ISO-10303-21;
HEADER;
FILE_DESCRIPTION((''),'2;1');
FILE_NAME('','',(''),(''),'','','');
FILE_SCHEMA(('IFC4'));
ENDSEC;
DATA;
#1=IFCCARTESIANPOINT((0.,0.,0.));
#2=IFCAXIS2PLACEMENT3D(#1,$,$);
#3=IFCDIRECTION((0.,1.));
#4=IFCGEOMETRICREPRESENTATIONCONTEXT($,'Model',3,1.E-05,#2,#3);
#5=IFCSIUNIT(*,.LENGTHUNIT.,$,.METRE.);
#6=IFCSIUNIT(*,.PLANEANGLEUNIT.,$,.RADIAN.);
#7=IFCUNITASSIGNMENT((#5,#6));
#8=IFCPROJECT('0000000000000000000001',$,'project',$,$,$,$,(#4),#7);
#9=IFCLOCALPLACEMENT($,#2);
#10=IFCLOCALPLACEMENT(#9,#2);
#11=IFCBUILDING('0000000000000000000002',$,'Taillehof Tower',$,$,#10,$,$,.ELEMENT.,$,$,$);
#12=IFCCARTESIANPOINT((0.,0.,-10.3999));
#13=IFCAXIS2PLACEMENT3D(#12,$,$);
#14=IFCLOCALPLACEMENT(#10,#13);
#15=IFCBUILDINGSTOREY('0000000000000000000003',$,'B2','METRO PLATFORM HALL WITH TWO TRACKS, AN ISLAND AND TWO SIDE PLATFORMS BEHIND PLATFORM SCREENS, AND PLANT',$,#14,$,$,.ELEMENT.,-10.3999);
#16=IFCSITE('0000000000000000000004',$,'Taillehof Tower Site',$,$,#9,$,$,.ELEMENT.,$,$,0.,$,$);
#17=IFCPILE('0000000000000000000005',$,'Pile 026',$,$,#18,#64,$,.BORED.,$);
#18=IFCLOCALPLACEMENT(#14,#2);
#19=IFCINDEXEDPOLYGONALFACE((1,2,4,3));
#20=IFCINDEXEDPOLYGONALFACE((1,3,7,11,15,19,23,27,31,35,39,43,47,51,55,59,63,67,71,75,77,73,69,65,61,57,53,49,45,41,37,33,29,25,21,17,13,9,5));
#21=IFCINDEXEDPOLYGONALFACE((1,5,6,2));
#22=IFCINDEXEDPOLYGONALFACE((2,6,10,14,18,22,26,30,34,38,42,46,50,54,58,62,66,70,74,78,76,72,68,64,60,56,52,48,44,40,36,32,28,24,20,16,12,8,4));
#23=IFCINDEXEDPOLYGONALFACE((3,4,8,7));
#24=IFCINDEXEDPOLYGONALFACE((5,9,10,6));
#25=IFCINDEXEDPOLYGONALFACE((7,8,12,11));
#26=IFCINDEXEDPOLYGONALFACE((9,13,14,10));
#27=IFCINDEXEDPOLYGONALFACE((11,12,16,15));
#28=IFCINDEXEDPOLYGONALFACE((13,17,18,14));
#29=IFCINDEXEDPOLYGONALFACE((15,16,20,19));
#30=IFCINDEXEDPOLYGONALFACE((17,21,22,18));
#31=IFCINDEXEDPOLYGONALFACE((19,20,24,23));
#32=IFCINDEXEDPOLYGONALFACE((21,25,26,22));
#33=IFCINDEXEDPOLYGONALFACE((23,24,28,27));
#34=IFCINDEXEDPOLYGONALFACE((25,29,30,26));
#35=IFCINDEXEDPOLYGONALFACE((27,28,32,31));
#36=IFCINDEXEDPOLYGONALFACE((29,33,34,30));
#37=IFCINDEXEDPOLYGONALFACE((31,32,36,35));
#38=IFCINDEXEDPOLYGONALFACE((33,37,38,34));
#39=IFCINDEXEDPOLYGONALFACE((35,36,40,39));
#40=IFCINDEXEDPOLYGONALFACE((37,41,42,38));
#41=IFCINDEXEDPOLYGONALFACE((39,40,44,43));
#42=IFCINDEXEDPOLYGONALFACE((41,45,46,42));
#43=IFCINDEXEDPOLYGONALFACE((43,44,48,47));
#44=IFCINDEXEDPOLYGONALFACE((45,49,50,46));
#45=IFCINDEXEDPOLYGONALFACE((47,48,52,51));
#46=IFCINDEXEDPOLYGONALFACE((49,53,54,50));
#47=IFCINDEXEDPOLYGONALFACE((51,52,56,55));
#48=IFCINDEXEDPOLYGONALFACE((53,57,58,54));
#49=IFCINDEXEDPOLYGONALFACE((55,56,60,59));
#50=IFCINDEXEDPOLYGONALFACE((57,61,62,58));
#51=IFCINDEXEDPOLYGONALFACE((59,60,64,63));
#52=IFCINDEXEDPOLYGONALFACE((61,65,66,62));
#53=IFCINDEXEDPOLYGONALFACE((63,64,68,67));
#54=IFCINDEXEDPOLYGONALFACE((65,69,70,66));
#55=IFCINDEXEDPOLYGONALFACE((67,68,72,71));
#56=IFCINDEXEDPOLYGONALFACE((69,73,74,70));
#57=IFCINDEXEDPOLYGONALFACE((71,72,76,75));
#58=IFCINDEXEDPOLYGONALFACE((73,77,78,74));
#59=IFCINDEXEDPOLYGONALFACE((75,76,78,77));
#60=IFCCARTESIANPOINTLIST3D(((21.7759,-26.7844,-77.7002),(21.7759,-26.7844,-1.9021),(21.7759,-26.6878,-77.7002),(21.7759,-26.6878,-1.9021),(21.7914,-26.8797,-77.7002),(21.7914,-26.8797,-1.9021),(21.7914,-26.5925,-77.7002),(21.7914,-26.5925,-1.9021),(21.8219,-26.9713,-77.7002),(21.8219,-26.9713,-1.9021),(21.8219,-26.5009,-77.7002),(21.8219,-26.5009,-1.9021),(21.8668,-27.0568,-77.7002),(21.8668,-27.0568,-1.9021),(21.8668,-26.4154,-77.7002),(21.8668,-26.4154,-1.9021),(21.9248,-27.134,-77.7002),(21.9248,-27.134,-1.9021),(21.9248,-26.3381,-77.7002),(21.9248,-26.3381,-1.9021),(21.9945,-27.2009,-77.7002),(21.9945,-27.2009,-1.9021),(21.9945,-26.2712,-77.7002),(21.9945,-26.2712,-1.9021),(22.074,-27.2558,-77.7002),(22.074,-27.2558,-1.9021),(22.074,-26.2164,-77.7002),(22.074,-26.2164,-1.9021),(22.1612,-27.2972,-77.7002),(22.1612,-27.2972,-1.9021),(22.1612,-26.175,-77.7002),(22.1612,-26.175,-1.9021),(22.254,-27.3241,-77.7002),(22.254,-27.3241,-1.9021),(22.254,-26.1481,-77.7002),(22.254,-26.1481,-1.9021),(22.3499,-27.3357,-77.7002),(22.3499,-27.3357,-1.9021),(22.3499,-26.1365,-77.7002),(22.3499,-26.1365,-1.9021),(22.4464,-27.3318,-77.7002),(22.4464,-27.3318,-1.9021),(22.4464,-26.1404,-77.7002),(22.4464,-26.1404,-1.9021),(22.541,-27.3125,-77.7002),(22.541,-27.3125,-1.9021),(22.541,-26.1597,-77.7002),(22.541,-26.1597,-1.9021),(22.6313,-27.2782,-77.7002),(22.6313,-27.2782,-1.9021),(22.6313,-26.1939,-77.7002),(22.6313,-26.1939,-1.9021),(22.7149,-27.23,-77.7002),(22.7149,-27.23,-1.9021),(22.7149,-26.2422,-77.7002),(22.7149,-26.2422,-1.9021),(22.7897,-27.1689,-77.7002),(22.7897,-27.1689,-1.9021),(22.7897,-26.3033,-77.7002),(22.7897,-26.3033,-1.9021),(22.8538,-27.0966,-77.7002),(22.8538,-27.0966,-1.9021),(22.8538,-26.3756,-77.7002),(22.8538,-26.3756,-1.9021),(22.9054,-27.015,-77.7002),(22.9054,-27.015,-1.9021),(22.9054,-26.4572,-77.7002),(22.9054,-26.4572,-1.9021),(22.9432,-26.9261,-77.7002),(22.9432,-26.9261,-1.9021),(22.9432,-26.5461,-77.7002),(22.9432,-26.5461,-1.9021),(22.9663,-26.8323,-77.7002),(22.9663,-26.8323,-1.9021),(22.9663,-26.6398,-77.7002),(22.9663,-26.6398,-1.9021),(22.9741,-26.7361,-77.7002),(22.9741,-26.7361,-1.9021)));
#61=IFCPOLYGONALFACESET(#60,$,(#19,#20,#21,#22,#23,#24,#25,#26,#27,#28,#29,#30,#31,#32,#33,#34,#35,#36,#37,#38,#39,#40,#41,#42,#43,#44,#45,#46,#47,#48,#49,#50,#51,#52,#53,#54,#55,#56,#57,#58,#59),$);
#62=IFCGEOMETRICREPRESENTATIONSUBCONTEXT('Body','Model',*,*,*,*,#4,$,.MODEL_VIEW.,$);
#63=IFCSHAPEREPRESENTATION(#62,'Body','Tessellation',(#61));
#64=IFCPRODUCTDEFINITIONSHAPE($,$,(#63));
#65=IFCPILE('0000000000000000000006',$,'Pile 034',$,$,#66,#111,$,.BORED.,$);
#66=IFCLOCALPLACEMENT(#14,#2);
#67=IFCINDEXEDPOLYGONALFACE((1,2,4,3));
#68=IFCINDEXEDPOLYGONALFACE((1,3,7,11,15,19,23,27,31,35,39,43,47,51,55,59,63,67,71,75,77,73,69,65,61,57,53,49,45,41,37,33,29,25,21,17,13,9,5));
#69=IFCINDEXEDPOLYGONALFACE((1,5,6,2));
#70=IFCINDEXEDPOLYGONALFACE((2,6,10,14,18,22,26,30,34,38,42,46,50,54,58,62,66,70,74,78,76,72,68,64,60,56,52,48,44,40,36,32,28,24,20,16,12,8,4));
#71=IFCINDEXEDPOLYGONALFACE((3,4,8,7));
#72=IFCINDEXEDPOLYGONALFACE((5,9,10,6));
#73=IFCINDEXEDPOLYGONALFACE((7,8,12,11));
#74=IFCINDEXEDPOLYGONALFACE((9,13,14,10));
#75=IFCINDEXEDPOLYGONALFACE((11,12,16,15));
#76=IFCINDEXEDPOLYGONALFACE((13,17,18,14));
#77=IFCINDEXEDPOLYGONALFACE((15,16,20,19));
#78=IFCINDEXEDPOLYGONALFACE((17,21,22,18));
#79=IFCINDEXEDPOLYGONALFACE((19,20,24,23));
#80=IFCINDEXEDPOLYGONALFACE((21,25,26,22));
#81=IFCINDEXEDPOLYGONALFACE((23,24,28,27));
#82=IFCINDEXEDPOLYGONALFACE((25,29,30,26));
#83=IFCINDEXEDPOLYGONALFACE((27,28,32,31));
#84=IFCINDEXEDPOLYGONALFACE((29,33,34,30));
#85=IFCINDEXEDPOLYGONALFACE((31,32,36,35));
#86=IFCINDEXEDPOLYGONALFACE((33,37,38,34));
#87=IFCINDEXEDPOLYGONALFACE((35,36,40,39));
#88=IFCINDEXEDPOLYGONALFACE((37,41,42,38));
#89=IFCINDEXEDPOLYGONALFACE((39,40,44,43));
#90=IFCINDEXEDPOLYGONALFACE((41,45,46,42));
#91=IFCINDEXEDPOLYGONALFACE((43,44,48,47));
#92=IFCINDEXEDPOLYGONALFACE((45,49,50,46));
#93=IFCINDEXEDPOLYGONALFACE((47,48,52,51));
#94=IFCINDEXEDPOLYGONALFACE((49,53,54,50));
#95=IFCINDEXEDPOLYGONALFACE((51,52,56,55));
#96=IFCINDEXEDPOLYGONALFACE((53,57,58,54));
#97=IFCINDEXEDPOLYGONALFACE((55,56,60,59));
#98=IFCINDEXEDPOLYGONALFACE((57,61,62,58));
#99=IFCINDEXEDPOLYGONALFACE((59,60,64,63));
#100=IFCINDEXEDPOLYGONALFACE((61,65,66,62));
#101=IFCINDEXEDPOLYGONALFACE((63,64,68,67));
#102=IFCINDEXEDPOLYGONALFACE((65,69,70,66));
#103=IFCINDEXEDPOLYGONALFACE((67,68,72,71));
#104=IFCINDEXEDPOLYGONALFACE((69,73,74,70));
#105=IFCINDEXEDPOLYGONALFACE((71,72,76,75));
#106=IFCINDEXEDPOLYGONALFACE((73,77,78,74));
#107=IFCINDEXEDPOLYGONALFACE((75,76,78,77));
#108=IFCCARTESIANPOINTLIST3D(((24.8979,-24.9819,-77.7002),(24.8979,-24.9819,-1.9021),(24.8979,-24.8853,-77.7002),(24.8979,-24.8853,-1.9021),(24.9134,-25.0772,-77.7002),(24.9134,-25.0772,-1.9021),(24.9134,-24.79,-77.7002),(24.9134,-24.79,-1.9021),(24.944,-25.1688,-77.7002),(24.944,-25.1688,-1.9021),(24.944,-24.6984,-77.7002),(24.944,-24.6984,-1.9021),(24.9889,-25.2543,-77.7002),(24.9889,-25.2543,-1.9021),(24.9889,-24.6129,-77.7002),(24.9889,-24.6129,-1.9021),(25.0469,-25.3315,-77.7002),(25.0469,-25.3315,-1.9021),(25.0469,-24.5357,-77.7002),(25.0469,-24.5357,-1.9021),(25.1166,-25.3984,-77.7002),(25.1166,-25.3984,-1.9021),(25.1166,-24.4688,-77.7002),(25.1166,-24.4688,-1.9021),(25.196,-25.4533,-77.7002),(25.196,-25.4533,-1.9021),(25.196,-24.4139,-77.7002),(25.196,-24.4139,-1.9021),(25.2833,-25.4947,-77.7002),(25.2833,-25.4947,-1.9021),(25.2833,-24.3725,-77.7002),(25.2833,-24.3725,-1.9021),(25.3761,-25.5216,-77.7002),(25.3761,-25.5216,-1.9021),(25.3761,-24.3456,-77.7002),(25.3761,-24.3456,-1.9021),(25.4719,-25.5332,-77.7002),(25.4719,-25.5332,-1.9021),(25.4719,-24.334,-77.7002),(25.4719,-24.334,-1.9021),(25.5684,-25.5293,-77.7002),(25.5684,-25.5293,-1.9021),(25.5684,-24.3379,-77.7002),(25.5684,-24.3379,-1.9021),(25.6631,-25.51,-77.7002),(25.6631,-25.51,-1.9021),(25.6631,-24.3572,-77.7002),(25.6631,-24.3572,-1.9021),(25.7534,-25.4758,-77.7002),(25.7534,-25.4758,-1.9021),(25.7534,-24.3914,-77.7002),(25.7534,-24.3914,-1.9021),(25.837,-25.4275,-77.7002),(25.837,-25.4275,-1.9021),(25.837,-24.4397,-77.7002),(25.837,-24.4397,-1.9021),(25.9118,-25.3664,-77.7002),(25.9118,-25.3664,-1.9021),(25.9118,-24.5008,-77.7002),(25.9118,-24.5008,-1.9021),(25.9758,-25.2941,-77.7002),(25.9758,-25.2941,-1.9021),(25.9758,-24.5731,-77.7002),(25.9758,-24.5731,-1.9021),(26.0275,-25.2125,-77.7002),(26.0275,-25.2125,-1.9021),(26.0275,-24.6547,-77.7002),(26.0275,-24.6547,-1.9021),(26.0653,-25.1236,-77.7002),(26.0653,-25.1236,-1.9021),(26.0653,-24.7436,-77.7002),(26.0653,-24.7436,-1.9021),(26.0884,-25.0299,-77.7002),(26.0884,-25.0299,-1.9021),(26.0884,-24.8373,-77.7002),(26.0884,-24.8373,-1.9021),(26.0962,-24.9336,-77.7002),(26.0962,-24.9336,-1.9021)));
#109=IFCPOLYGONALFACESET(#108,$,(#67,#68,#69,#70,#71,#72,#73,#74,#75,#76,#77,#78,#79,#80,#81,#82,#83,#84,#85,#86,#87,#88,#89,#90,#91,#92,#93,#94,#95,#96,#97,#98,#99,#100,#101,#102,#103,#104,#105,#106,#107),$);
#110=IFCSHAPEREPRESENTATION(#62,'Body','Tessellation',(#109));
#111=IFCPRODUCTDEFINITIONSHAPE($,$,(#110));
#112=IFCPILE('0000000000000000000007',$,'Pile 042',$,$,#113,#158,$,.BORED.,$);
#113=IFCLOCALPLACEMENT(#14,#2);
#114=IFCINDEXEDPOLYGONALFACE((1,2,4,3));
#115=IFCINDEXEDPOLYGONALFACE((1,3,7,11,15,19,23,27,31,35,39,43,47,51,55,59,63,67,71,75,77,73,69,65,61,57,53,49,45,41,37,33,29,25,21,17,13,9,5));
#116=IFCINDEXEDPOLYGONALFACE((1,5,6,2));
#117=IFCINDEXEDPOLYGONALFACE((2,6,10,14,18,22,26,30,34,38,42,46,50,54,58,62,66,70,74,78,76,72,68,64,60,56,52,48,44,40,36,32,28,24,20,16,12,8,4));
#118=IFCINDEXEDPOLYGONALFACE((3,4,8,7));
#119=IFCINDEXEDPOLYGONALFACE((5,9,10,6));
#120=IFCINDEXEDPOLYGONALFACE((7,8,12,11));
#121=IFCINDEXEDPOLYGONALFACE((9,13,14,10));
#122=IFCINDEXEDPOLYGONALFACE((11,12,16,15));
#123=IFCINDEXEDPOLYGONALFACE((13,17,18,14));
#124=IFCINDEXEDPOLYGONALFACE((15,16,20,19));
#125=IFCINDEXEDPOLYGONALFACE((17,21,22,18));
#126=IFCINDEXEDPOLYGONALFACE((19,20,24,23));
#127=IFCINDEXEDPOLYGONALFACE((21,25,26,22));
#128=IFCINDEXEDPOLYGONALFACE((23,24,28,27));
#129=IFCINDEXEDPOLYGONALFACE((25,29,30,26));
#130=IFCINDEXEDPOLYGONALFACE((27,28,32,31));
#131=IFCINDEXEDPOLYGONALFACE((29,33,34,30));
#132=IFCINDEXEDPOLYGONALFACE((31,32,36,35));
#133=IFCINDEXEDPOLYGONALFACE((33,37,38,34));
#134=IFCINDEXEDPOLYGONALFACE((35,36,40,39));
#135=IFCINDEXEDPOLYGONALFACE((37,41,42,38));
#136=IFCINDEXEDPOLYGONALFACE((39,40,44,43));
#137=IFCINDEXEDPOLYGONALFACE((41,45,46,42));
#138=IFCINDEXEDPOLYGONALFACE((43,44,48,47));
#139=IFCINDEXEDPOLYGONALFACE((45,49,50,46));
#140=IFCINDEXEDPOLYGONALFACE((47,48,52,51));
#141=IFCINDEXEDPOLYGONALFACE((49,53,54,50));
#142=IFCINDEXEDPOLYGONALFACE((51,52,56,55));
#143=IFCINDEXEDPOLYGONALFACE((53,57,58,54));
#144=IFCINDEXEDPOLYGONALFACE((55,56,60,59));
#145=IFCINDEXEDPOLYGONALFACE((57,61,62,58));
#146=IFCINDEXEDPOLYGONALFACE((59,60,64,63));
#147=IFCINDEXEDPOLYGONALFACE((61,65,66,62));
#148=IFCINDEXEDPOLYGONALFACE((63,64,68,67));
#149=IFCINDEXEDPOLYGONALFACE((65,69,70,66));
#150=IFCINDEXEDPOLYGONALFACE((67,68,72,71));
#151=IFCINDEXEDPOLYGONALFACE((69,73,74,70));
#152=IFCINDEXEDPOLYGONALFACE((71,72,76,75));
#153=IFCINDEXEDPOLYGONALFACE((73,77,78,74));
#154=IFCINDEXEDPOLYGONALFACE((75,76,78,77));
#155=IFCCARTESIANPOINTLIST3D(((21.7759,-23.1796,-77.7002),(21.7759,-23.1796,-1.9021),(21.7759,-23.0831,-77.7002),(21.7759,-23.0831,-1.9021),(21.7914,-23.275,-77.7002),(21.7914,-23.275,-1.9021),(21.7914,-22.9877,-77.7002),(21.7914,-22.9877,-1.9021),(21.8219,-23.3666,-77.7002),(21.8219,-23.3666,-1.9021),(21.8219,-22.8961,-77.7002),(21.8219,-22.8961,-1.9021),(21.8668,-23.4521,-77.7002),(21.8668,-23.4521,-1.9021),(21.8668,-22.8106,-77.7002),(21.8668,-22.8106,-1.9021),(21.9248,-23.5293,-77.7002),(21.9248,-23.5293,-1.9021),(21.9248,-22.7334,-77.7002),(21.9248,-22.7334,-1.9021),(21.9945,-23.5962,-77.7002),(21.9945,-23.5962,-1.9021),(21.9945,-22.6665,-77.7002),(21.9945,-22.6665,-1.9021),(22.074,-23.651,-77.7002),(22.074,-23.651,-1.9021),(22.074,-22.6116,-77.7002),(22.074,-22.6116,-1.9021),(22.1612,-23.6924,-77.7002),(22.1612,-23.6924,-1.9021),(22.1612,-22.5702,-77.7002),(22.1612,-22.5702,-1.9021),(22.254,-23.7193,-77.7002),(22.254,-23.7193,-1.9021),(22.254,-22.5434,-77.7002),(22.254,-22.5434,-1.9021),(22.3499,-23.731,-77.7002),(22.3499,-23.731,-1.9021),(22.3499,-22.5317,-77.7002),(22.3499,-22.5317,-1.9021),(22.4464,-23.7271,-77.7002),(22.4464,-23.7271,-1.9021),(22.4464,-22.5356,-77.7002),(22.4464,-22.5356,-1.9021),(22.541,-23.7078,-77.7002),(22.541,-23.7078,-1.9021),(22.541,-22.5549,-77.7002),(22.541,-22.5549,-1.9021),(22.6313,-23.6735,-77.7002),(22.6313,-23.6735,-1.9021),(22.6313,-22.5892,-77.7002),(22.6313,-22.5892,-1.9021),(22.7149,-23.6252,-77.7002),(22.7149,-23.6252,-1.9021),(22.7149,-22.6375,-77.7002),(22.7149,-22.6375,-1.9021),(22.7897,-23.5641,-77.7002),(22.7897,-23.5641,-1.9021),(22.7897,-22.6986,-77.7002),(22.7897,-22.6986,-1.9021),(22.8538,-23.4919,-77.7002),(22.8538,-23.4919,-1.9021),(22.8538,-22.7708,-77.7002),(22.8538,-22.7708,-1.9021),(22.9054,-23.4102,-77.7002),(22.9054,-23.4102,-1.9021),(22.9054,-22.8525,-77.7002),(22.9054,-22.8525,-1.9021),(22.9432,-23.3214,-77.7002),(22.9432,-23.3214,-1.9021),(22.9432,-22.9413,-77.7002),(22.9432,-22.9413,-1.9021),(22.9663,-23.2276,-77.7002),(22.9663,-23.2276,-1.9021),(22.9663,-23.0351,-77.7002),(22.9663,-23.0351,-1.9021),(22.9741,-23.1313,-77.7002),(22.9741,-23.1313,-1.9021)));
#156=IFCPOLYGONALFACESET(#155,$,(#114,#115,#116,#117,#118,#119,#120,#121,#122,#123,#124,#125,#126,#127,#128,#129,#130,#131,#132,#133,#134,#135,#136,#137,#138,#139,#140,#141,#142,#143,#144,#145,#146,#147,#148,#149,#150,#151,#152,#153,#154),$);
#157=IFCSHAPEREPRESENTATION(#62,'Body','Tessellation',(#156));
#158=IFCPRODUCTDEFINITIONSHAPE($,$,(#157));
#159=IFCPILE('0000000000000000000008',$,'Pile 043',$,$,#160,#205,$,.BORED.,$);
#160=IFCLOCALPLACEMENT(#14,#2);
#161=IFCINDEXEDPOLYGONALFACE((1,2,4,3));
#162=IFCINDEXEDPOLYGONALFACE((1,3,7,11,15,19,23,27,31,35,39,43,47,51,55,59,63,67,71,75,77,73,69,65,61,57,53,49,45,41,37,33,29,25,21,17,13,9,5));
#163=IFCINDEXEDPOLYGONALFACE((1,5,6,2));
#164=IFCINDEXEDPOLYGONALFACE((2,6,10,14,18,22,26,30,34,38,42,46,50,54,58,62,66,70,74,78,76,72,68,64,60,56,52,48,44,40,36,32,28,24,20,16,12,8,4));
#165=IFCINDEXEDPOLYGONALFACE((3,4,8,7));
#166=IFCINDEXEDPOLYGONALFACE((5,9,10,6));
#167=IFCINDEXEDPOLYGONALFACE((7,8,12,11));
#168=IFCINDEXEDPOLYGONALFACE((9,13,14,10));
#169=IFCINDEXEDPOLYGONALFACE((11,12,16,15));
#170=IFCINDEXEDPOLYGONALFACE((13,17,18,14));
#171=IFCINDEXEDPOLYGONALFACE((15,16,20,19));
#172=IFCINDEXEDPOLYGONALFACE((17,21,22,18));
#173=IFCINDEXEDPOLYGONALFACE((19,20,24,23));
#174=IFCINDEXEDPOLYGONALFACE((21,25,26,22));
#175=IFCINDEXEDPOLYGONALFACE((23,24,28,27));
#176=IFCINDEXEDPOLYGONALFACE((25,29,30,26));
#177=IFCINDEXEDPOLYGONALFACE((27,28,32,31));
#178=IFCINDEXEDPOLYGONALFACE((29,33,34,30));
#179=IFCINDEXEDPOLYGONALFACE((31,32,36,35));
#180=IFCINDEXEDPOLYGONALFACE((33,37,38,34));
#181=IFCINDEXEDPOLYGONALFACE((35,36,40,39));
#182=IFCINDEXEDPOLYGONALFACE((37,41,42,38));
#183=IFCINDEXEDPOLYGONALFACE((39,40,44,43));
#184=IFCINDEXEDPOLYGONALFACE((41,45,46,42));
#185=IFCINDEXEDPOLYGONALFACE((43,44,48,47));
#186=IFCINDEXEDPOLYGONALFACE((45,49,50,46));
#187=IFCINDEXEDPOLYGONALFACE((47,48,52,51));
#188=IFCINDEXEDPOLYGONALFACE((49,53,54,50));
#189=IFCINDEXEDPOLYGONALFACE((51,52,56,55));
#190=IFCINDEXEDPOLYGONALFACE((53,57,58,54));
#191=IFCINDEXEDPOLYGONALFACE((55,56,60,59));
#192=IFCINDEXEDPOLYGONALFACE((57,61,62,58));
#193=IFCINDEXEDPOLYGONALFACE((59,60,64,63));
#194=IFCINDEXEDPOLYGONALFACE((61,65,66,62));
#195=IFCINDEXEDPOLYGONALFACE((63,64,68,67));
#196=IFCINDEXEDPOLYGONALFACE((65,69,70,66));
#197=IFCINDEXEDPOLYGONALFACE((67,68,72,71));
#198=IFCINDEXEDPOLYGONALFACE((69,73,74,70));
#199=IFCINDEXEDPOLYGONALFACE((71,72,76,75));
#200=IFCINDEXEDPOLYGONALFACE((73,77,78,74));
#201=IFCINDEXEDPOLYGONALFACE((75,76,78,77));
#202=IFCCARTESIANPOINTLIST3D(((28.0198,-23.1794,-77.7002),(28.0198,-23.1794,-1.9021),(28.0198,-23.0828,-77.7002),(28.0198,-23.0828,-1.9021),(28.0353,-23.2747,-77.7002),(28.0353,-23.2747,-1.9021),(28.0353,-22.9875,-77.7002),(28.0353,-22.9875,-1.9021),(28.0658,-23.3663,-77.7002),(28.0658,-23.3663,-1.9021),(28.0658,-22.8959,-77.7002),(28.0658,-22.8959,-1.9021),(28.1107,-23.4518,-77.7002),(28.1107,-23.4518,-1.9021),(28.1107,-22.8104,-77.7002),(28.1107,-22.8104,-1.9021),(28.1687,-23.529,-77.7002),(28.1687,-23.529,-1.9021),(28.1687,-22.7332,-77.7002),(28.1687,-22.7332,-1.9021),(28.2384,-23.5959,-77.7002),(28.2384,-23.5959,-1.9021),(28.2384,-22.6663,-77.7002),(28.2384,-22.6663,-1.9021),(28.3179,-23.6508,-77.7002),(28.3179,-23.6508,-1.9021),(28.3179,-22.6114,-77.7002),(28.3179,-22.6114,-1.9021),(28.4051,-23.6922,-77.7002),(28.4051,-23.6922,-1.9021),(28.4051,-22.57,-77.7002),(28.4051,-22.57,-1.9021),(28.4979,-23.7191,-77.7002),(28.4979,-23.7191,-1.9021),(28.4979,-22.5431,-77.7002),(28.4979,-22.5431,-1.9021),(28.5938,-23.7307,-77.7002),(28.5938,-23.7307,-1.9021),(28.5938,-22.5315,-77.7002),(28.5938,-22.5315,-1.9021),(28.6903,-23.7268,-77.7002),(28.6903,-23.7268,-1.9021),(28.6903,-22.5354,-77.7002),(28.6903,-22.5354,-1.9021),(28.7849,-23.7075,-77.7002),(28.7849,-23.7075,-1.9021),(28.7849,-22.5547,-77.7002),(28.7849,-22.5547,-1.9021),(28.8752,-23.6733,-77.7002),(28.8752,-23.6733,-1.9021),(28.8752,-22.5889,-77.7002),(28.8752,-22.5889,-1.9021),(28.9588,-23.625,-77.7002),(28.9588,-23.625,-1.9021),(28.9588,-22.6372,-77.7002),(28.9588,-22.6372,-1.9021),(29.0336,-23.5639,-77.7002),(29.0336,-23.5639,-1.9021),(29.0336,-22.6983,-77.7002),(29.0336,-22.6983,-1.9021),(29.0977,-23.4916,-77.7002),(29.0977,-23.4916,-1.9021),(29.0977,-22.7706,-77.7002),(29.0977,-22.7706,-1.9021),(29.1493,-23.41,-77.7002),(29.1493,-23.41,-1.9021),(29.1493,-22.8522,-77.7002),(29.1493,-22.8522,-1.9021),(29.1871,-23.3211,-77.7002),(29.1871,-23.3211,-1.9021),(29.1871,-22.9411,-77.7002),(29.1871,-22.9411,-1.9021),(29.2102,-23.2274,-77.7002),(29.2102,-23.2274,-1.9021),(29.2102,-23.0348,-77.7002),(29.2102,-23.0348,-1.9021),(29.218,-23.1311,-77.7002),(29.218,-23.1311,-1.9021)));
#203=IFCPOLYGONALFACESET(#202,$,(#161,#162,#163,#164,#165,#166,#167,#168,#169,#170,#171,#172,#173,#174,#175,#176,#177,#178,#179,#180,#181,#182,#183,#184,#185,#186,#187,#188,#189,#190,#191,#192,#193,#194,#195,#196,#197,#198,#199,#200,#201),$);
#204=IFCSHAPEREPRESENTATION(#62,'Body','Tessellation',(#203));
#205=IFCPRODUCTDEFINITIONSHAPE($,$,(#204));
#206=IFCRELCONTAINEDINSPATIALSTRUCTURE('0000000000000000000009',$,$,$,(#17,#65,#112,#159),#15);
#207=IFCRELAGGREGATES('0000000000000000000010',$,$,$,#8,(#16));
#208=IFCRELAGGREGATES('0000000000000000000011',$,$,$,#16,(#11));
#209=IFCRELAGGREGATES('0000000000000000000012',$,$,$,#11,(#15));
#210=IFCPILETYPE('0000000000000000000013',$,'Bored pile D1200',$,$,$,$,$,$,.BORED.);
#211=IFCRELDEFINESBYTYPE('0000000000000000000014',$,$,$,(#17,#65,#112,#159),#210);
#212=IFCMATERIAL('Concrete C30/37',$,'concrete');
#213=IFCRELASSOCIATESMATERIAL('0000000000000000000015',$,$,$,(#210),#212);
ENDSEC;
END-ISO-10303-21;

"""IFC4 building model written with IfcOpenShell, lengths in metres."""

from ifc_helpers import new_model, si_unit, direction, frame, origin, origin_2d, place, context, subcontext, project, spatial, circle, extrude, material, material_profile, profile_set, type_object, element, save


model = new_model("IFC4")

# Units and contexts
model_context = context("Model", 3, precision=1e-05, world=origin(), true_north=direction((0.0, 1.0)))
body_context = subcontext(model_context, "Body", "Model", "MODEL_VIEW")
ifc_project = project(units=[si_unit("LENGTHUNIT", "METRE"), si_unit("PLANEANGLEUNIT", "RADIAN")], contexts=[model_context])

# Site, building, storey
site_placement = place(None, origin())
site = spatial("IfcSite", under=ifc_project, at=site_placement, Name="Taillehof Tower Site", CompositionType="ELEMENT", RefElevation=0.0)
building_placement = place(site_placement, origin())
building = spatial("IfcBuilding", under=site, at=building_placement, Name="Taillehof Tower", CompositionType="ELEMENT")
storey_placement = place(building_placement, frame((0.0, 0.0, -10.3999)))
storey = spatial("IfcBuildingStorey", under=building, at=storey_placement, Name="B2", Description="METRO PLATFORM HALL WITH TWO TRACKS, AN ISLAND AND TWO SIDE PLATFORMS BEHIND PLATFORM SCREENS, AND PLANT", CompositionType="ELEMENT", Elevation=-10.3999)

# Piles
ifc_material_1 = material(Name="Concrete C30/37", Category="concrete")
ifc_material_profile_1 = material_profile(ifc_material_1, circle(Radius=0.6001, at=origin_2d()), Name="BP D1200")
ifc_profile_set_1 = profile_set([ifc_material_profile_1], Name="Concrete C30/37")
pile_type = type_object("IfcPileType", Name="Bored pile D1200", PredefinedType="BORED", material=ifc_profile_set_1)
for number, where, z_axis, x_axis, name in (
    (1, (22.374, -26.7361, -1.9021), (0.0, 0.0, -1.0), (1.0, 0.0, 0.0), "Pile 026"),
    (2, (25.4961, -24.9336, -1.9021), (0.0, 0.0, -1.0), (1.0, 0.0, 0.0), "Pile 034"),
    (3, (22.374, -23.1313, -1.9021), (0.0, 0.0, -1.0), (1.0, 0.0, 0.0), "Pile 042"),
    (4, (28.6179, -23.1311, -1.9021), (0.0, 0.0, -1.0), (1.0, 0.0, 0.0), "Pile 043"),
):
    element("IfcPile", number, at=place(storey_placement, frame(where, z_axis=z_axis, x_axis=x_axis)), inside=storey, type_object=pile_type, Name=name, PredefinedType="BORED", context=body_context, shape_type="SweptSolid", body=[
        extrude(circle(Radius=0.6001, at=origin_2d()), origin(), (0.0, 0.0, 1.0), 75.7981),
    ])

save(model, "model.ifc")
